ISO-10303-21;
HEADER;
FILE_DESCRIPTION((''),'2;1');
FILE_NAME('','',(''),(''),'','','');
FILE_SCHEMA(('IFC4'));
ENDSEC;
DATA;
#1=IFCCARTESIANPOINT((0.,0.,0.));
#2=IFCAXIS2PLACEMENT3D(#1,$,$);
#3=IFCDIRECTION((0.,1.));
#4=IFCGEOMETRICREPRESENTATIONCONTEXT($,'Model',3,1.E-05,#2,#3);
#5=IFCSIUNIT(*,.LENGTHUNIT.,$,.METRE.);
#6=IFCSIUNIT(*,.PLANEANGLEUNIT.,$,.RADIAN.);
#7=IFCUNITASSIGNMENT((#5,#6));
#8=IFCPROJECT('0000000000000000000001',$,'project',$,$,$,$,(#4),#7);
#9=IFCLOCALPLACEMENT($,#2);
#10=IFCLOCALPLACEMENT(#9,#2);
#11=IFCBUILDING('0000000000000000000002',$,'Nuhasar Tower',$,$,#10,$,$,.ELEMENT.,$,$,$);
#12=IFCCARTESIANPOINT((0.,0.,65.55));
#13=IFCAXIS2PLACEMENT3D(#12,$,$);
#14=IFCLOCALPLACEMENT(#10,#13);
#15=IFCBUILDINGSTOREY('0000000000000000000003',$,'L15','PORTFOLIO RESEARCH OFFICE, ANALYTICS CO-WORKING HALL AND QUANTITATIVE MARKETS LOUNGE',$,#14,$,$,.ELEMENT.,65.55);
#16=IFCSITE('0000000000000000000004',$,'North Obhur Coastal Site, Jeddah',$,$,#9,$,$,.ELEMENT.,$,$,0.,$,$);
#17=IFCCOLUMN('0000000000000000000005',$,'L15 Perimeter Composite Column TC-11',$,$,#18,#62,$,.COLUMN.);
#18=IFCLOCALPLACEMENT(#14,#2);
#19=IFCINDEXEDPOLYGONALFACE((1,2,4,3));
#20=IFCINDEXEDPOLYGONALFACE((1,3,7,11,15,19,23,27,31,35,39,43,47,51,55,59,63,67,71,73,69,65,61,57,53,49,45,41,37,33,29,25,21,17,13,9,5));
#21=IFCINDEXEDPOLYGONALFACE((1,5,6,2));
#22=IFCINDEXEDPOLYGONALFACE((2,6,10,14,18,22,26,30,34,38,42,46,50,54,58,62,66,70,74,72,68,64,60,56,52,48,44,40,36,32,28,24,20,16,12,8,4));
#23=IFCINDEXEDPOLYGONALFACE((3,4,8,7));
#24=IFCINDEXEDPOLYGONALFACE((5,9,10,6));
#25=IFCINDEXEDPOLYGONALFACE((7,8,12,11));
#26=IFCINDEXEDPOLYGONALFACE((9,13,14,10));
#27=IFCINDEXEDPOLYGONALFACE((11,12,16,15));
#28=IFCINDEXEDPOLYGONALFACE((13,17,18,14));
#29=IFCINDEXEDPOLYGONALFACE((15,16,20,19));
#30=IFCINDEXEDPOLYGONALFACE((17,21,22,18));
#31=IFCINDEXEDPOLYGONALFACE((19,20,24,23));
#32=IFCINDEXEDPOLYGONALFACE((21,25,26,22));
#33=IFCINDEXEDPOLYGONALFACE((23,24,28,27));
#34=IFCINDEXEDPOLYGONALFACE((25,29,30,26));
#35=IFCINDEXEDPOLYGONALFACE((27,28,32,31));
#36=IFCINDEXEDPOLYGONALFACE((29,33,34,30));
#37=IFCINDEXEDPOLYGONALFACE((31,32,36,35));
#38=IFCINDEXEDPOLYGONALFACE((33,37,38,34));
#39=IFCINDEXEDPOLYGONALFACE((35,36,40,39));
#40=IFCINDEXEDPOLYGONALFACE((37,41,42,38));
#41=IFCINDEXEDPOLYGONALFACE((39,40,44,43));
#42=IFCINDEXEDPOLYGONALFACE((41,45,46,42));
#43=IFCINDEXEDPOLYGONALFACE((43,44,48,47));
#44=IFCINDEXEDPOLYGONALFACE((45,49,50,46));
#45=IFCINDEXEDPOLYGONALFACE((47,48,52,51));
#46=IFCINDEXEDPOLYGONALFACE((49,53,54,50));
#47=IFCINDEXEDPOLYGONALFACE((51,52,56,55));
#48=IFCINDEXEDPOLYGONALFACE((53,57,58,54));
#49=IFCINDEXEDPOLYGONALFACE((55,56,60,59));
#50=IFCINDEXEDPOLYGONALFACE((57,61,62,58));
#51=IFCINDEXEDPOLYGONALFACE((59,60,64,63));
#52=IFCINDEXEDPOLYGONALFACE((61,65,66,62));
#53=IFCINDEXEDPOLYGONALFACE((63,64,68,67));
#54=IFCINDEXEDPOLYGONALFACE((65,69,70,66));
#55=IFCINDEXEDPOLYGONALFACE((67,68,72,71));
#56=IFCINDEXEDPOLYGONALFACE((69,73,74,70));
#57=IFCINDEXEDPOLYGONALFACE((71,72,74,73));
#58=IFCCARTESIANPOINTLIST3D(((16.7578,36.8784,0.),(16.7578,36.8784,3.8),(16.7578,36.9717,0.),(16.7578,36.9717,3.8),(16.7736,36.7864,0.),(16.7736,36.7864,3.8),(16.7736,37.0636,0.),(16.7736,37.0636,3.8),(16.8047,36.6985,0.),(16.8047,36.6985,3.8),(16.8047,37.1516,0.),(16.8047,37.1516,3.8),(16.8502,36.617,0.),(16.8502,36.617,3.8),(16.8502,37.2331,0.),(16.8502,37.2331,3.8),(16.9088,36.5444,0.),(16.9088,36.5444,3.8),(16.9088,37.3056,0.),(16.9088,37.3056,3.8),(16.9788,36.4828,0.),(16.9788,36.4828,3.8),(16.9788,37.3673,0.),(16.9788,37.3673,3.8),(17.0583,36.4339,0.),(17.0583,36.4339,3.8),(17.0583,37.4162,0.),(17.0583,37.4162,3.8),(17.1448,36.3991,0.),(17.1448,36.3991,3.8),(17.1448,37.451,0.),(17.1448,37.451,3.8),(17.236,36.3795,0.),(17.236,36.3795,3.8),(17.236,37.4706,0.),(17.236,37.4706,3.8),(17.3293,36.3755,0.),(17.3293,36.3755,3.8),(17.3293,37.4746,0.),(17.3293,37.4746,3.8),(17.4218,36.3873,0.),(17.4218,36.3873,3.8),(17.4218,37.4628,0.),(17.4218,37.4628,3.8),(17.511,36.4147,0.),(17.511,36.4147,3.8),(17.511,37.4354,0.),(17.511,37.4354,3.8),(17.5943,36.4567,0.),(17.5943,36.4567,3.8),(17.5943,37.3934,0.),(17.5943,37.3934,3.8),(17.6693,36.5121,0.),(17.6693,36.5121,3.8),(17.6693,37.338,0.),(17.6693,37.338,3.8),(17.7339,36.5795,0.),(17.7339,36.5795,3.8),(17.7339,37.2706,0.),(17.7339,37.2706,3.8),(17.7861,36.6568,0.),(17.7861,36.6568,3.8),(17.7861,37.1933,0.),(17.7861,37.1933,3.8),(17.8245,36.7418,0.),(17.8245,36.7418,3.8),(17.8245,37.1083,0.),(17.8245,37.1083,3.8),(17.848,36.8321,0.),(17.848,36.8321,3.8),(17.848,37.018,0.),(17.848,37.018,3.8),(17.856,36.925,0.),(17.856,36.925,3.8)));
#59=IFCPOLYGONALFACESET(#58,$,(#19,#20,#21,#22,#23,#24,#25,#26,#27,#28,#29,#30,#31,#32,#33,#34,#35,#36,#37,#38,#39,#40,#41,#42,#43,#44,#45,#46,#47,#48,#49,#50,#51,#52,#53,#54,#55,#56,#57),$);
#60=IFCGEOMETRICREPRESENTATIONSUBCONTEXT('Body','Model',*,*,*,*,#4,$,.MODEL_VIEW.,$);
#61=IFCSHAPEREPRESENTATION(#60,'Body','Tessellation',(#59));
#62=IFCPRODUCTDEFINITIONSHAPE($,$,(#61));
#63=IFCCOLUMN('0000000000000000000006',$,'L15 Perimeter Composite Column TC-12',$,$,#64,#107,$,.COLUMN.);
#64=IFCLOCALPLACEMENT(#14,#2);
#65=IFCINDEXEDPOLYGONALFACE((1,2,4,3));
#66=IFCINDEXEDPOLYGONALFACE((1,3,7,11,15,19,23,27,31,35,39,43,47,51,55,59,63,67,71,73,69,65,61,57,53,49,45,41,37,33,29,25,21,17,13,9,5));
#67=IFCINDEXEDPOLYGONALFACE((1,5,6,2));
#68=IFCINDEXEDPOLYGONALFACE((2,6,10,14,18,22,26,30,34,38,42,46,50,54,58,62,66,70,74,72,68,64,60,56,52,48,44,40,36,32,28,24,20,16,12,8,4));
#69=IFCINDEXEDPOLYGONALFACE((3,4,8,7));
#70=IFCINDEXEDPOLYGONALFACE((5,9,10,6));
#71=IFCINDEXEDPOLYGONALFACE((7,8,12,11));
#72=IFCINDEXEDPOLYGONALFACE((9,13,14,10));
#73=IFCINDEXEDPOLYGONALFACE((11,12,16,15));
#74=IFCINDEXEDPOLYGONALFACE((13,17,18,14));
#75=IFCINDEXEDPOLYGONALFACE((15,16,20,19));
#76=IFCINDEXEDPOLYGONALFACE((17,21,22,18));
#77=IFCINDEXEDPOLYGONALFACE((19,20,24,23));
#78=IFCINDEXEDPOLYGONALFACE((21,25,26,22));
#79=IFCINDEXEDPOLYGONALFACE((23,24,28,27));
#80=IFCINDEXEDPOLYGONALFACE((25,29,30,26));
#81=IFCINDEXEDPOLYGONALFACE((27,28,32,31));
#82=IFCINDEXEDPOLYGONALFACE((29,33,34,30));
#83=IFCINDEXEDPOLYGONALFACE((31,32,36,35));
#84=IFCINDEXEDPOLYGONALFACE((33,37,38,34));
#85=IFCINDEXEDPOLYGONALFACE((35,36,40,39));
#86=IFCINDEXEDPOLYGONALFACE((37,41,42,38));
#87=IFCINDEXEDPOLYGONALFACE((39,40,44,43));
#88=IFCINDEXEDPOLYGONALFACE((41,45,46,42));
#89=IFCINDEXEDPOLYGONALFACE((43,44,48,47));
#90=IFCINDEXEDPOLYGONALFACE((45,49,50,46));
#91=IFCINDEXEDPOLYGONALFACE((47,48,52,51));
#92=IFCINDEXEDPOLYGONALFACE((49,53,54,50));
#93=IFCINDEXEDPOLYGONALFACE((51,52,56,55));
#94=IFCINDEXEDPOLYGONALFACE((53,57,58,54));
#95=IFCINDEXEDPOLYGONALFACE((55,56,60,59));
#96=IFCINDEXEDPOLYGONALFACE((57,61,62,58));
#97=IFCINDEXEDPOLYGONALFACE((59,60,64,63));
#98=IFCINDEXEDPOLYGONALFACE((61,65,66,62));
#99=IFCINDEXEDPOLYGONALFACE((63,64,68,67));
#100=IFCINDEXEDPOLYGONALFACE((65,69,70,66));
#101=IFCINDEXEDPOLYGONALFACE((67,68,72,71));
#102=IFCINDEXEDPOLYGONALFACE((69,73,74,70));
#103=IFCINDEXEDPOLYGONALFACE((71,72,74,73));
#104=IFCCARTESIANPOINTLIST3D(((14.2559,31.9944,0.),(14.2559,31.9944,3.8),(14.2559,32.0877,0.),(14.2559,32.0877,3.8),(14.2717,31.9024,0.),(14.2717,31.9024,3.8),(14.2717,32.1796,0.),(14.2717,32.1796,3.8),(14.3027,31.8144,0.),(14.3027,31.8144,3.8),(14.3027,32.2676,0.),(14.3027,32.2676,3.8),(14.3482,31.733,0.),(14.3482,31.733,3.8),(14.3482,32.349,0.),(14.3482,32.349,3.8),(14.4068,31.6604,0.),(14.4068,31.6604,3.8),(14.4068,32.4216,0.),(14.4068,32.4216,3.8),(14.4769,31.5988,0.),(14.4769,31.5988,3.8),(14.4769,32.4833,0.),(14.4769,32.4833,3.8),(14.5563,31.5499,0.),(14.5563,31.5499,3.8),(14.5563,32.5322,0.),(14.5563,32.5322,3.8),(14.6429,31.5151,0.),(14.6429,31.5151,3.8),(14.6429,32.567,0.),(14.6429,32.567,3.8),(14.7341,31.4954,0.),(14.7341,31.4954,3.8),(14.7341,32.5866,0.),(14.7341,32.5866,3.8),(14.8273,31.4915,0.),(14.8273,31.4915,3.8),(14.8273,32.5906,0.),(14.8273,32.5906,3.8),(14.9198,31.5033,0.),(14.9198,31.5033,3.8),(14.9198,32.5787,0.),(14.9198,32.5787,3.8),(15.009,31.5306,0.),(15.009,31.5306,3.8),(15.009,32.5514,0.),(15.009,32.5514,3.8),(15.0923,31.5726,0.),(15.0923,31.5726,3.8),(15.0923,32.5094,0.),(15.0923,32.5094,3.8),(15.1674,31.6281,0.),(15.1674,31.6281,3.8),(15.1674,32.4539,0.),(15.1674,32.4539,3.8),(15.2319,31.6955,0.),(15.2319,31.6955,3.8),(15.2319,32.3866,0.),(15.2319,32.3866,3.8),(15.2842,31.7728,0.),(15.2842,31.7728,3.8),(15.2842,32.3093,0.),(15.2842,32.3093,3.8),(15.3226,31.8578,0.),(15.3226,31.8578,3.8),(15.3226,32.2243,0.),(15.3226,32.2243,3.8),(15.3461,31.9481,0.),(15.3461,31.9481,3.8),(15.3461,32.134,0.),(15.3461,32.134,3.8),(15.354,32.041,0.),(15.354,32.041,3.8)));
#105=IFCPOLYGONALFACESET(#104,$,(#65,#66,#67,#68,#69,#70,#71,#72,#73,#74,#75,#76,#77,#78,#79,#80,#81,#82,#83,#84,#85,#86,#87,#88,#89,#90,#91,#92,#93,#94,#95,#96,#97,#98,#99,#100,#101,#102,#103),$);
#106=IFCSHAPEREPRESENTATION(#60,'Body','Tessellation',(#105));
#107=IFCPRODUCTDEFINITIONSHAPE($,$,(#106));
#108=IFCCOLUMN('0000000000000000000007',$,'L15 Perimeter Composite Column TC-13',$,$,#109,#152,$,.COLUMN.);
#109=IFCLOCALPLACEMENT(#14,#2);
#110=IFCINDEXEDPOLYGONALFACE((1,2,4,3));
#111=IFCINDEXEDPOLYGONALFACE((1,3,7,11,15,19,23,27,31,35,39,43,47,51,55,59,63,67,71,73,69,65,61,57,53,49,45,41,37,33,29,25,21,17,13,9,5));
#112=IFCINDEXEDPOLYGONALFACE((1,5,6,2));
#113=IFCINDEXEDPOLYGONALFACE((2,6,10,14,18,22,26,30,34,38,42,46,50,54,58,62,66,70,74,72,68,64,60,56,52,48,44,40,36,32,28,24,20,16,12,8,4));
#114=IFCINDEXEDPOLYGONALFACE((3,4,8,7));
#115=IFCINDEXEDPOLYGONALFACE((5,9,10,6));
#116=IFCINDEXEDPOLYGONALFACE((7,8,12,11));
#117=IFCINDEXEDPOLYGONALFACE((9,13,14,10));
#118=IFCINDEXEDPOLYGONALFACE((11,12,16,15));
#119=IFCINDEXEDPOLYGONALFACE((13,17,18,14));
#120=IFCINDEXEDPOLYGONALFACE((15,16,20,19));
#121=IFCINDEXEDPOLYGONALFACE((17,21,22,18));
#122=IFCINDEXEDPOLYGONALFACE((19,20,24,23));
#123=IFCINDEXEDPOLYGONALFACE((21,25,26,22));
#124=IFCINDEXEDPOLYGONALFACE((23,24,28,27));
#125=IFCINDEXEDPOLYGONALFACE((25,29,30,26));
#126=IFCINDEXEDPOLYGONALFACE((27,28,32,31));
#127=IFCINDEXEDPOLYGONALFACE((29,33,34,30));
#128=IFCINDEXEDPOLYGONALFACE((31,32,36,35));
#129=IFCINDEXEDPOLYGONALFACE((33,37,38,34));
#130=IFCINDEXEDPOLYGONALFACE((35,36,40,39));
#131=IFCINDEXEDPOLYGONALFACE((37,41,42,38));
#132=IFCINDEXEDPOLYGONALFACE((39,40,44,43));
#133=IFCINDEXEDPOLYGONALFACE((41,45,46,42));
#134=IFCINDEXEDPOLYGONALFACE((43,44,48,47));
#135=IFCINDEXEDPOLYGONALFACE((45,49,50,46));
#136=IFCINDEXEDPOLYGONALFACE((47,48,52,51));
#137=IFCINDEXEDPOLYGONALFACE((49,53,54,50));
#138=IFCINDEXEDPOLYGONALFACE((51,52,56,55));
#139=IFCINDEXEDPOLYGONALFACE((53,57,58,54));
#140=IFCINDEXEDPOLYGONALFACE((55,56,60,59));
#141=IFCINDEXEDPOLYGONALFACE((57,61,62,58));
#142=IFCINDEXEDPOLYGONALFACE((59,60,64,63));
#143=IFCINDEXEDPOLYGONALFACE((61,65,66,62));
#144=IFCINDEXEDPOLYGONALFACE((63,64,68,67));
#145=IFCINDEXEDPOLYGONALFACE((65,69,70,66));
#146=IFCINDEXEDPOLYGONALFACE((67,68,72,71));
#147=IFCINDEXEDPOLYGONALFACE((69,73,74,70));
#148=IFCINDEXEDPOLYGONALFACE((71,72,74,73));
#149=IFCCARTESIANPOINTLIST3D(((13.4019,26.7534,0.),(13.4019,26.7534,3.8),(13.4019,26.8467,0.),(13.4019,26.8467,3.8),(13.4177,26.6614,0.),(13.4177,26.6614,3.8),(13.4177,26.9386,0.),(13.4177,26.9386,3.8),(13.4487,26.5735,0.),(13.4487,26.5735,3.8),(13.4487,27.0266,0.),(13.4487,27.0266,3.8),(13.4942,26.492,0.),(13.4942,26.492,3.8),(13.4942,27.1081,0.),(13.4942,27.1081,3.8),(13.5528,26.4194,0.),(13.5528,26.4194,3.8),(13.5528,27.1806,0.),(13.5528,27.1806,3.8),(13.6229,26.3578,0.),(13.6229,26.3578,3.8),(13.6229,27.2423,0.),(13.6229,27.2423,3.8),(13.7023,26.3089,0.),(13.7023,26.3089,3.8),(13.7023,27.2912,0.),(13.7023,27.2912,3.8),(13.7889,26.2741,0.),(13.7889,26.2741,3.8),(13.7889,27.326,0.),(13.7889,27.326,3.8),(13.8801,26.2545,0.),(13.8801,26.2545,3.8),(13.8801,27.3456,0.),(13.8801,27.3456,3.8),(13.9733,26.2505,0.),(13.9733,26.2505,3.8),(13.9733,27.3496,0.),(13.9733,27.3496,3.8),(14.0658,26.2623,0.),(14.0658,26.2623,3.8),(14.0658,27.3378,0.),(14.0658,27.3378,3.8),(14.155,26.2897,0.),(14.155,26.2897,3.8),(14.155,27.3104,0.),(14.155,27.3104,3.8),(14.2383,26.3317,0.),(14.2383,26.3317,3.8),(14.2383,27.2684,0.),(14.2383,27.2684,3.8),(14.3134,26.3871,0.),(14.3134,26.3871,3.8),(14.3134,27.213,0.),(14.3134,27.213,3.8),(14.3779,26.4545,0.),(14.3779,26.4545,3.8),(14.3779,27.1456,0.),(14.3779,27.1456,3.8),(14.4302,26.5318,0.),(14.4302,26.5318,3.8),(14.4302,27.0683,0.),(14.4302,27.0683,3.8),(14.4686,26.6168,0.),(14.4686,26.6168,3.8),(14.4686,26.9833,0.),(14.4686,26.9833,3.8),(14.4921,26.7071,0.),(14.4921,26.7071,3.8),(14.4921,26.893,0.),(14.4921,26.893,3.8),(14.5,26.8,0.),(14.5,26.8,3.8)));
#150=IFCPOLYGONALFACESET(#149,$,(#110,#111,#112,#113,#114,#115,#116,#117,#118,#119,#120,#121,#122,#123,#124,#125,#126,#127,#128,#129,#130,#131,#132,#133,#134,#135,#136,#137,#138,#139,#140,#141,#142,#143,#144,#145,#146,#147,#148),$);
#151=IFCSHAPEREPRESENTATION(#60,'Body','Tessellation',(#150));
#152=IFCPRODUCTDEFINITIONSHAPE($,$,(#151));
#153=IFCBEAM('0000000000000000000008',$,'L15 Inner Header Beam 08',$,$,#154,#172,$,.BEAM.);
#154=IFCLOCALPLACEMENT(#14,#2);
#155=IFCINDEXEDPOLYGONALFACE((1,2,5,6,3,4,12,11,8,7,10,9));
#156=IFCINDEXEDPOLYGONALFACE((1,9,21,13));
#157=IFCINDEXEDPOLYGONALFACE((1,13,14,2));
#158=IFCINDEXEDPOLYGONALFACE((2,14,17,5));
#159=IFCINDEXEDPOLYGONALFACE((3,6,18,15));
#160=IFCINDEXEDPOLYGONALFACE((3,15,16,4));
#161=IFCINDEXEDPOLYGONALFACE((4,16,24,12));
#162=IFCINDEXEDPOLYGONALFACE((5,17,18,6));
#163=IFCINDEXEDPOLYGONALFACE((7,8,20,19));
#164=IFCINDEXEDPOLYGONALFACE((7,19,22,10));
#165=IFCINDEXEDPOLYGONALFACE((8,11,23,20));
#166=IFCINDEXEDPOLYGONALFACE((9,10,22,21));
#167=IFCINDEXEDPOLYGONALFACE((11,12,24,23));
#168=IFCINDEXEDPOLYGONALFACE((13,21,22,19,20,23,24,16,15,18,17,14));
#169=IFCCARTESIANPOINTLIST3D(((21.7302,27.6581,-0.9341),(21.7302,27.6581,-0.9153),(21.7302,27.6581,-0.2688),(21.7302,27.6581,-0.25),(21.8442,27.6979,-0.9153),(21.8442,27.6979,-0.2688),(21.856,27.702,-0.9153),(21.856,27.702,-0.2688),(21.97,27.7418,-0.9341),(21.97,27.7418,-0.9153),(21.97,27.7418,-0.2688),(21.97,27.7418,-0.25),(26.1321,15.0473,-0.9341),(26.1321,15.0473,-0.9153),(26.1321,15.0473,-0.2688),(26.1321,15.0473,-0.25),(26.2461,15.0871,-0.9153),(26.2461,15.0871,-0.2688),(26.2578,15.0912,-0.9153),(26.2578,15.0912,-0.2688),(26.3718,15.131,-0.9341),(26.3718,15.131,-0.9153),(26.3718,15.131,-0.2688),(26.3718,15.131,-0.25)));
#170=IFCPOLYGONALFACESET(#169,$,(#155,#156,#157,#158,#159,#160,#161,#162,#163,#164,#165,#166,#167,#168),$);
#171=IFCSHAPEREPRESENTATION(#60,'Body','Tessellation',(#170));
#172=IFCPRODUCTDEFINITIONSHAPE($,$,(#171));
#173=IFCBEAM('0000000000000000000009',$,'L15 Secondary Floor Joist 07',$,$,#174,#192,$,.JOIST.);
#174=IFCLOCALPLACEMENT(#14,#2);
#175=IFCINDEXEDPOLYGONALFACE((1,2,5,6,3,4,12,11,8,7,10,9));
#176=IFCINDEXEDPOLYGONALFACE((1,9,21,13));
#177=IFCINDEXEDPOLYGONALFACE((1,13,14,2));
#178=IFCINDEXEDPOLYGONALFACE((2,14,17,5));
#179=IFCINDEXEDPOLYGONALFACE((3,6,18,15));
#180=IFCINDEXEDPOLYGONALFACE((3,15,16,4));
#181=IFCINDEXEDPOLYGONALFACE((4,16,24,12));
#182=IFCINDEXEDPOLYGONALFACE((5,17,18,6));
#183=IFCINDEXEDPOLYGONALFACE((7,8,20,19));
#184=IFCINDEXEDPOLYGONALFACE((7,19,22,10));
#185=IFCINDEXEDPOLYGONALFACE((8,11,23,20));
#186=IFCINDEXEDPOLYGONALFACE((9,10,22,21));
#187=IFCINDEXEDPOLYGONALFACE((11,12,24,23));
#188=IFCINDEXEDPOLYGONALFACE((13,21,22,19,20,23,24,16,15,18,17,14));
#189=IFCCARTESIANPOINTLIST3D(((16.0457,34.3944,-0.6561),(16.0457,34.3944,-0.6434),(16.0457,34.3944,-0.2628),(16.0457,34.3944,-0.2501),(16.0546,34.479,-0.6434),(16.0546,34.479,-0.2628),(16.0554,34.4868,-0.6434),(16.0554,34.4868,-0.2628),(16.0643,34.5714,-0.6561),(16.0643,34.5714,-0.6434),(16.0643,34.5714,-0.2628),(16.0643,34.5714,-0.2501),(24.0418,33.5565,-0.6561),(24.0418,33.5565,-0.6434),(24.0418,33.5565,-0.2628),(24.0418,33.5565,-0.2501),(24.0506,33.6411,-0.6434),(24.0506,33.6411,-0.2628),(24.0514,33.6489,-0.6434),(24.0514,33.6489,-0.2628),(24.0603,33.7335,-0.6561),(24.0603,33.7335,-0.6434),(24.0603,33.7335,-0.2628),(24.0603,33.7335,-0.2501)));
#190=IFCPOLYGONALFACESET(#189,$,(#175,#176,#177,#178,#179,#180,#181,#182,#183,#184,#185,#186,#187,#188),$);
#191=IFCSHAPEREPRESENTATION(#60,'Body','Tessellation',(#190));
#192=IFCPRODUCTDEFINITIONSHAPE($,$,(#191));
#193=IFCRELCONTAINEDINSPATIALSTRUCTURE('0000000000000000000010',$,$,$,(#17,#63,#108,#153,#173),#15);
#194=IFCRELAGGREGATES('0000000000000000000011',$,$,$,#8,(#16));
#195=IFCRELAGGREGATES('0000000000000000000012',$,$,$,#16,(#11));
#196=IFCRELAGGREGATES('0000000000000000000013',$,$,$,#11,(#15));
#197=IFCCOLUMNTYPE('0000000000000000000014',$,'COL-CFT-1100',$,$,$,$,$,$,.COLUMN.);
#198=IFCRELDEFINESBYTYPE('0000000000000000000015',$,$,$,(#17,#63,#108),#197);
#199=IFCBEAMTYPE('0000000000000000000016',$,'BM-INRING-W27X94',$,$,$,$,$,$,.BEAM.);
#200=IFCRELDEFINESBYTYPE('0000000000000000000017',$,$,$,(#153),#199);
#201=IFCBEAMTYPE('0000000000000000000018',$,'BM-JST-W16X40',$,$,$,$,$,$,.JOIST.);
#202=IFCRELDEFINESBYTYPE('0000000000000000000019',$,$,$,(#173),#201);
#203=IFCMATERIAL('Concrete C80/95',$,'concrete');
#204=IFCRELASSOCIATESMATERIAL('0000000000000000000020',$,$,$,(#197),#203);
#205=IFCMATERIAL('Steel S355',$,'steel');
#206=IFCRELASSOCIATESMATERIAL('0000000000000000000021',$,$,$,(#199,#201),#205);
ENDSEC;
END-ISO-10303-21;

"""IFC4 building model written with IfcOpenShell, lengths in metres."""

from ifc_helpers import new_model, si_unit, direction, frame, origin, origin_2d, place, context, subcontext, project, spatial, circle, i_section, extrude, material, material_profile, profile_set, type_object, element, save


model = new_model("IFC4")

# Units and contexts
model_context = context("Model", 3, precision=1e-05, world=origin(), true_north=direction((0.0, 1.0)))
body_context = subcontext(model_context, "Body", "Model", "MODEL_VIEW")
ifc_project = project(units=[si_unit("LENGTHUNIT", "METRE"), si_unit("PLANEANGLEUNIT", "RADIAN")], contexts=[model_context])

# Site, building, storey
site_placement = place(None, origin())
site = spatial("IfcSite", under=ifc_project, at=site_placement, Name="North Obhur Coastal Site, Jeddah", CompositionType="ELEMENT", RefElevation=0.0)
building_placement = place(site_placement, origin())
building = spatial("IfcBuilding", under=site, at=building_placement, Name="Nuhasar Tower", CompositionType="ELEMENT")
storey_placement = place(building_placement, frame((0.0, 0.0, 65.55)))
storey = spatial("IfcBuildingStorey", under=building, at=storey_placement, Name="L15", Description="PORTFOLIO RESEARCH OFFICE, ANALYTICS CO-WORKING HALL AND QUANTITATIVE MARKETS LOUNGE", CompositionType="ELEMENT", Elevation=65.55)

# Columns
ifc_material_1 = material(Name="Concrete C80/95", Category="concrete")
ifc_material_profile_1 = material_profile(ifc_material_1, circle(Radius=0.55, at=origin_2d()), Name="CFT1100")
ifc_profile_set_1 = profile_set([ifc_material_profile_1], Name="Concrete C80/95")
column_type = type_object("IfcColumnType", Name="COL-CFT-1100", PredefinedType="COLUMN", material=ifc_profile_set_1)
for number, where, z_axis, x_axis, name in (
    (1, (17.3059, 36.925, 0.0), (0.0, 0.0, 1.0), (1.0, 0.0, 0.0), "L15 Perimeter Composite Column TC-11"),
    (2, (14.804, 32.041, 0.0), (0.0, 0.0, 1.0), (1.0, 0.0, 0.0), "L15 Perimeter Composite Column TC-12"),
    (3, (13.95, 26.8, 0.0), (0.0, 0.0, 1.0), (1.0, 0.0, 0.0), "L15 Perimeter Composite Column TC-13"),
):
    element("IfcColumn", number, at=place(storey_placement, frame(where, z_axis=z_axis, x_axis=x_axis)), inside=storey, type_object=column_type, Name=name, PredefinedType="COLUMN", context=body_context, shape_type="SweptSolid", body=[
        extrude(circle(Radius=0.55, at=origin_2d()), origin(), (0.0, 0.0, 1.0), 3.8),
    ])

# Beams
ifc_material_2 = material(Name="Steel S355", Category="steel")
ifc_material_profile_2 = material_profile(ifc_material_2, i_section(OverallWidth=0.2539, OverallDepth=0.6841, WebThickness=0.0125, FlangeThickness=0.0188, at=origin_2d()), Name="W27X94")
ifc_profile_set_2 = profile_set([ifc_material_profile_2], Name="Steel S355")
beam_type_1 = type_object("IfcBeamType", Name="BM-INRING-W27X94", PredefinedType="BEAM", material=ifc_profile_set_2)
beam_1_placement = place(storey_placement, frame((21.8501, 27.7, -0.592), z_axis=(0.329554, -0.944137, 0.0), x_axis=(0.944137, 0.329554, 0.0)))
element("IfcBeam", 4, at=beam_1_placement, inside=storey, type_object=beam_type_1, Name="L15 Inner Header Beam 08", PredefinedType="BEAM", context=body_context, shape_type="SweptSolid", body=[
    extrude(i_section(OverallWidth=0.2539, OverallDepth=0.6841, WebThickness=0.0125, FlangeThickness=0.0188, at=origin_2d()), origin(), (0.0, 0.0, 1.0), 13.3569),
])
ifc_material_profile_3 = material_profile(ifc_material_2, i_section(OverallWidth=0.178, OverallDepth=0.406, WebThickness=0.0078, FlangeThickness=0.0127, at=origin_2d()), Name="W16X40")
ifc_profile_set_3 = profile_set([ifc_material_profile_3], Name="Steel S355")
beam_type_2 = type_object("IfcBeamType", Name="BM-JST-W16X40", PredefinedType="JOIST", material=ifc_profile_set_3)
beam_2_placement = place(storey_placement, frame((24.051, 33.645, -0.4531), z_axis=(-0.994555, 0.104217, 0.0), x_axis=(-0.104217, -0.994555, 0.0)))
element("IfcBeam", 5, at=beam_2_placement, inside=storey, type_object=beam_type_2, Name="L15 Secondary Floor Joist 07", PredefinedType="JOIST", context=body_context, shape_type="SweptSolid", body=[
    extrude(i_section(OverallWidth=0.178, OverallDepth=0.406, WebThickness=0.0078, FlangeThickness=0.0127, at=origin_2d()), origin(), (0.0, 0.0, 1.0), 8.0398),
])

save(model, "model.ifc")
